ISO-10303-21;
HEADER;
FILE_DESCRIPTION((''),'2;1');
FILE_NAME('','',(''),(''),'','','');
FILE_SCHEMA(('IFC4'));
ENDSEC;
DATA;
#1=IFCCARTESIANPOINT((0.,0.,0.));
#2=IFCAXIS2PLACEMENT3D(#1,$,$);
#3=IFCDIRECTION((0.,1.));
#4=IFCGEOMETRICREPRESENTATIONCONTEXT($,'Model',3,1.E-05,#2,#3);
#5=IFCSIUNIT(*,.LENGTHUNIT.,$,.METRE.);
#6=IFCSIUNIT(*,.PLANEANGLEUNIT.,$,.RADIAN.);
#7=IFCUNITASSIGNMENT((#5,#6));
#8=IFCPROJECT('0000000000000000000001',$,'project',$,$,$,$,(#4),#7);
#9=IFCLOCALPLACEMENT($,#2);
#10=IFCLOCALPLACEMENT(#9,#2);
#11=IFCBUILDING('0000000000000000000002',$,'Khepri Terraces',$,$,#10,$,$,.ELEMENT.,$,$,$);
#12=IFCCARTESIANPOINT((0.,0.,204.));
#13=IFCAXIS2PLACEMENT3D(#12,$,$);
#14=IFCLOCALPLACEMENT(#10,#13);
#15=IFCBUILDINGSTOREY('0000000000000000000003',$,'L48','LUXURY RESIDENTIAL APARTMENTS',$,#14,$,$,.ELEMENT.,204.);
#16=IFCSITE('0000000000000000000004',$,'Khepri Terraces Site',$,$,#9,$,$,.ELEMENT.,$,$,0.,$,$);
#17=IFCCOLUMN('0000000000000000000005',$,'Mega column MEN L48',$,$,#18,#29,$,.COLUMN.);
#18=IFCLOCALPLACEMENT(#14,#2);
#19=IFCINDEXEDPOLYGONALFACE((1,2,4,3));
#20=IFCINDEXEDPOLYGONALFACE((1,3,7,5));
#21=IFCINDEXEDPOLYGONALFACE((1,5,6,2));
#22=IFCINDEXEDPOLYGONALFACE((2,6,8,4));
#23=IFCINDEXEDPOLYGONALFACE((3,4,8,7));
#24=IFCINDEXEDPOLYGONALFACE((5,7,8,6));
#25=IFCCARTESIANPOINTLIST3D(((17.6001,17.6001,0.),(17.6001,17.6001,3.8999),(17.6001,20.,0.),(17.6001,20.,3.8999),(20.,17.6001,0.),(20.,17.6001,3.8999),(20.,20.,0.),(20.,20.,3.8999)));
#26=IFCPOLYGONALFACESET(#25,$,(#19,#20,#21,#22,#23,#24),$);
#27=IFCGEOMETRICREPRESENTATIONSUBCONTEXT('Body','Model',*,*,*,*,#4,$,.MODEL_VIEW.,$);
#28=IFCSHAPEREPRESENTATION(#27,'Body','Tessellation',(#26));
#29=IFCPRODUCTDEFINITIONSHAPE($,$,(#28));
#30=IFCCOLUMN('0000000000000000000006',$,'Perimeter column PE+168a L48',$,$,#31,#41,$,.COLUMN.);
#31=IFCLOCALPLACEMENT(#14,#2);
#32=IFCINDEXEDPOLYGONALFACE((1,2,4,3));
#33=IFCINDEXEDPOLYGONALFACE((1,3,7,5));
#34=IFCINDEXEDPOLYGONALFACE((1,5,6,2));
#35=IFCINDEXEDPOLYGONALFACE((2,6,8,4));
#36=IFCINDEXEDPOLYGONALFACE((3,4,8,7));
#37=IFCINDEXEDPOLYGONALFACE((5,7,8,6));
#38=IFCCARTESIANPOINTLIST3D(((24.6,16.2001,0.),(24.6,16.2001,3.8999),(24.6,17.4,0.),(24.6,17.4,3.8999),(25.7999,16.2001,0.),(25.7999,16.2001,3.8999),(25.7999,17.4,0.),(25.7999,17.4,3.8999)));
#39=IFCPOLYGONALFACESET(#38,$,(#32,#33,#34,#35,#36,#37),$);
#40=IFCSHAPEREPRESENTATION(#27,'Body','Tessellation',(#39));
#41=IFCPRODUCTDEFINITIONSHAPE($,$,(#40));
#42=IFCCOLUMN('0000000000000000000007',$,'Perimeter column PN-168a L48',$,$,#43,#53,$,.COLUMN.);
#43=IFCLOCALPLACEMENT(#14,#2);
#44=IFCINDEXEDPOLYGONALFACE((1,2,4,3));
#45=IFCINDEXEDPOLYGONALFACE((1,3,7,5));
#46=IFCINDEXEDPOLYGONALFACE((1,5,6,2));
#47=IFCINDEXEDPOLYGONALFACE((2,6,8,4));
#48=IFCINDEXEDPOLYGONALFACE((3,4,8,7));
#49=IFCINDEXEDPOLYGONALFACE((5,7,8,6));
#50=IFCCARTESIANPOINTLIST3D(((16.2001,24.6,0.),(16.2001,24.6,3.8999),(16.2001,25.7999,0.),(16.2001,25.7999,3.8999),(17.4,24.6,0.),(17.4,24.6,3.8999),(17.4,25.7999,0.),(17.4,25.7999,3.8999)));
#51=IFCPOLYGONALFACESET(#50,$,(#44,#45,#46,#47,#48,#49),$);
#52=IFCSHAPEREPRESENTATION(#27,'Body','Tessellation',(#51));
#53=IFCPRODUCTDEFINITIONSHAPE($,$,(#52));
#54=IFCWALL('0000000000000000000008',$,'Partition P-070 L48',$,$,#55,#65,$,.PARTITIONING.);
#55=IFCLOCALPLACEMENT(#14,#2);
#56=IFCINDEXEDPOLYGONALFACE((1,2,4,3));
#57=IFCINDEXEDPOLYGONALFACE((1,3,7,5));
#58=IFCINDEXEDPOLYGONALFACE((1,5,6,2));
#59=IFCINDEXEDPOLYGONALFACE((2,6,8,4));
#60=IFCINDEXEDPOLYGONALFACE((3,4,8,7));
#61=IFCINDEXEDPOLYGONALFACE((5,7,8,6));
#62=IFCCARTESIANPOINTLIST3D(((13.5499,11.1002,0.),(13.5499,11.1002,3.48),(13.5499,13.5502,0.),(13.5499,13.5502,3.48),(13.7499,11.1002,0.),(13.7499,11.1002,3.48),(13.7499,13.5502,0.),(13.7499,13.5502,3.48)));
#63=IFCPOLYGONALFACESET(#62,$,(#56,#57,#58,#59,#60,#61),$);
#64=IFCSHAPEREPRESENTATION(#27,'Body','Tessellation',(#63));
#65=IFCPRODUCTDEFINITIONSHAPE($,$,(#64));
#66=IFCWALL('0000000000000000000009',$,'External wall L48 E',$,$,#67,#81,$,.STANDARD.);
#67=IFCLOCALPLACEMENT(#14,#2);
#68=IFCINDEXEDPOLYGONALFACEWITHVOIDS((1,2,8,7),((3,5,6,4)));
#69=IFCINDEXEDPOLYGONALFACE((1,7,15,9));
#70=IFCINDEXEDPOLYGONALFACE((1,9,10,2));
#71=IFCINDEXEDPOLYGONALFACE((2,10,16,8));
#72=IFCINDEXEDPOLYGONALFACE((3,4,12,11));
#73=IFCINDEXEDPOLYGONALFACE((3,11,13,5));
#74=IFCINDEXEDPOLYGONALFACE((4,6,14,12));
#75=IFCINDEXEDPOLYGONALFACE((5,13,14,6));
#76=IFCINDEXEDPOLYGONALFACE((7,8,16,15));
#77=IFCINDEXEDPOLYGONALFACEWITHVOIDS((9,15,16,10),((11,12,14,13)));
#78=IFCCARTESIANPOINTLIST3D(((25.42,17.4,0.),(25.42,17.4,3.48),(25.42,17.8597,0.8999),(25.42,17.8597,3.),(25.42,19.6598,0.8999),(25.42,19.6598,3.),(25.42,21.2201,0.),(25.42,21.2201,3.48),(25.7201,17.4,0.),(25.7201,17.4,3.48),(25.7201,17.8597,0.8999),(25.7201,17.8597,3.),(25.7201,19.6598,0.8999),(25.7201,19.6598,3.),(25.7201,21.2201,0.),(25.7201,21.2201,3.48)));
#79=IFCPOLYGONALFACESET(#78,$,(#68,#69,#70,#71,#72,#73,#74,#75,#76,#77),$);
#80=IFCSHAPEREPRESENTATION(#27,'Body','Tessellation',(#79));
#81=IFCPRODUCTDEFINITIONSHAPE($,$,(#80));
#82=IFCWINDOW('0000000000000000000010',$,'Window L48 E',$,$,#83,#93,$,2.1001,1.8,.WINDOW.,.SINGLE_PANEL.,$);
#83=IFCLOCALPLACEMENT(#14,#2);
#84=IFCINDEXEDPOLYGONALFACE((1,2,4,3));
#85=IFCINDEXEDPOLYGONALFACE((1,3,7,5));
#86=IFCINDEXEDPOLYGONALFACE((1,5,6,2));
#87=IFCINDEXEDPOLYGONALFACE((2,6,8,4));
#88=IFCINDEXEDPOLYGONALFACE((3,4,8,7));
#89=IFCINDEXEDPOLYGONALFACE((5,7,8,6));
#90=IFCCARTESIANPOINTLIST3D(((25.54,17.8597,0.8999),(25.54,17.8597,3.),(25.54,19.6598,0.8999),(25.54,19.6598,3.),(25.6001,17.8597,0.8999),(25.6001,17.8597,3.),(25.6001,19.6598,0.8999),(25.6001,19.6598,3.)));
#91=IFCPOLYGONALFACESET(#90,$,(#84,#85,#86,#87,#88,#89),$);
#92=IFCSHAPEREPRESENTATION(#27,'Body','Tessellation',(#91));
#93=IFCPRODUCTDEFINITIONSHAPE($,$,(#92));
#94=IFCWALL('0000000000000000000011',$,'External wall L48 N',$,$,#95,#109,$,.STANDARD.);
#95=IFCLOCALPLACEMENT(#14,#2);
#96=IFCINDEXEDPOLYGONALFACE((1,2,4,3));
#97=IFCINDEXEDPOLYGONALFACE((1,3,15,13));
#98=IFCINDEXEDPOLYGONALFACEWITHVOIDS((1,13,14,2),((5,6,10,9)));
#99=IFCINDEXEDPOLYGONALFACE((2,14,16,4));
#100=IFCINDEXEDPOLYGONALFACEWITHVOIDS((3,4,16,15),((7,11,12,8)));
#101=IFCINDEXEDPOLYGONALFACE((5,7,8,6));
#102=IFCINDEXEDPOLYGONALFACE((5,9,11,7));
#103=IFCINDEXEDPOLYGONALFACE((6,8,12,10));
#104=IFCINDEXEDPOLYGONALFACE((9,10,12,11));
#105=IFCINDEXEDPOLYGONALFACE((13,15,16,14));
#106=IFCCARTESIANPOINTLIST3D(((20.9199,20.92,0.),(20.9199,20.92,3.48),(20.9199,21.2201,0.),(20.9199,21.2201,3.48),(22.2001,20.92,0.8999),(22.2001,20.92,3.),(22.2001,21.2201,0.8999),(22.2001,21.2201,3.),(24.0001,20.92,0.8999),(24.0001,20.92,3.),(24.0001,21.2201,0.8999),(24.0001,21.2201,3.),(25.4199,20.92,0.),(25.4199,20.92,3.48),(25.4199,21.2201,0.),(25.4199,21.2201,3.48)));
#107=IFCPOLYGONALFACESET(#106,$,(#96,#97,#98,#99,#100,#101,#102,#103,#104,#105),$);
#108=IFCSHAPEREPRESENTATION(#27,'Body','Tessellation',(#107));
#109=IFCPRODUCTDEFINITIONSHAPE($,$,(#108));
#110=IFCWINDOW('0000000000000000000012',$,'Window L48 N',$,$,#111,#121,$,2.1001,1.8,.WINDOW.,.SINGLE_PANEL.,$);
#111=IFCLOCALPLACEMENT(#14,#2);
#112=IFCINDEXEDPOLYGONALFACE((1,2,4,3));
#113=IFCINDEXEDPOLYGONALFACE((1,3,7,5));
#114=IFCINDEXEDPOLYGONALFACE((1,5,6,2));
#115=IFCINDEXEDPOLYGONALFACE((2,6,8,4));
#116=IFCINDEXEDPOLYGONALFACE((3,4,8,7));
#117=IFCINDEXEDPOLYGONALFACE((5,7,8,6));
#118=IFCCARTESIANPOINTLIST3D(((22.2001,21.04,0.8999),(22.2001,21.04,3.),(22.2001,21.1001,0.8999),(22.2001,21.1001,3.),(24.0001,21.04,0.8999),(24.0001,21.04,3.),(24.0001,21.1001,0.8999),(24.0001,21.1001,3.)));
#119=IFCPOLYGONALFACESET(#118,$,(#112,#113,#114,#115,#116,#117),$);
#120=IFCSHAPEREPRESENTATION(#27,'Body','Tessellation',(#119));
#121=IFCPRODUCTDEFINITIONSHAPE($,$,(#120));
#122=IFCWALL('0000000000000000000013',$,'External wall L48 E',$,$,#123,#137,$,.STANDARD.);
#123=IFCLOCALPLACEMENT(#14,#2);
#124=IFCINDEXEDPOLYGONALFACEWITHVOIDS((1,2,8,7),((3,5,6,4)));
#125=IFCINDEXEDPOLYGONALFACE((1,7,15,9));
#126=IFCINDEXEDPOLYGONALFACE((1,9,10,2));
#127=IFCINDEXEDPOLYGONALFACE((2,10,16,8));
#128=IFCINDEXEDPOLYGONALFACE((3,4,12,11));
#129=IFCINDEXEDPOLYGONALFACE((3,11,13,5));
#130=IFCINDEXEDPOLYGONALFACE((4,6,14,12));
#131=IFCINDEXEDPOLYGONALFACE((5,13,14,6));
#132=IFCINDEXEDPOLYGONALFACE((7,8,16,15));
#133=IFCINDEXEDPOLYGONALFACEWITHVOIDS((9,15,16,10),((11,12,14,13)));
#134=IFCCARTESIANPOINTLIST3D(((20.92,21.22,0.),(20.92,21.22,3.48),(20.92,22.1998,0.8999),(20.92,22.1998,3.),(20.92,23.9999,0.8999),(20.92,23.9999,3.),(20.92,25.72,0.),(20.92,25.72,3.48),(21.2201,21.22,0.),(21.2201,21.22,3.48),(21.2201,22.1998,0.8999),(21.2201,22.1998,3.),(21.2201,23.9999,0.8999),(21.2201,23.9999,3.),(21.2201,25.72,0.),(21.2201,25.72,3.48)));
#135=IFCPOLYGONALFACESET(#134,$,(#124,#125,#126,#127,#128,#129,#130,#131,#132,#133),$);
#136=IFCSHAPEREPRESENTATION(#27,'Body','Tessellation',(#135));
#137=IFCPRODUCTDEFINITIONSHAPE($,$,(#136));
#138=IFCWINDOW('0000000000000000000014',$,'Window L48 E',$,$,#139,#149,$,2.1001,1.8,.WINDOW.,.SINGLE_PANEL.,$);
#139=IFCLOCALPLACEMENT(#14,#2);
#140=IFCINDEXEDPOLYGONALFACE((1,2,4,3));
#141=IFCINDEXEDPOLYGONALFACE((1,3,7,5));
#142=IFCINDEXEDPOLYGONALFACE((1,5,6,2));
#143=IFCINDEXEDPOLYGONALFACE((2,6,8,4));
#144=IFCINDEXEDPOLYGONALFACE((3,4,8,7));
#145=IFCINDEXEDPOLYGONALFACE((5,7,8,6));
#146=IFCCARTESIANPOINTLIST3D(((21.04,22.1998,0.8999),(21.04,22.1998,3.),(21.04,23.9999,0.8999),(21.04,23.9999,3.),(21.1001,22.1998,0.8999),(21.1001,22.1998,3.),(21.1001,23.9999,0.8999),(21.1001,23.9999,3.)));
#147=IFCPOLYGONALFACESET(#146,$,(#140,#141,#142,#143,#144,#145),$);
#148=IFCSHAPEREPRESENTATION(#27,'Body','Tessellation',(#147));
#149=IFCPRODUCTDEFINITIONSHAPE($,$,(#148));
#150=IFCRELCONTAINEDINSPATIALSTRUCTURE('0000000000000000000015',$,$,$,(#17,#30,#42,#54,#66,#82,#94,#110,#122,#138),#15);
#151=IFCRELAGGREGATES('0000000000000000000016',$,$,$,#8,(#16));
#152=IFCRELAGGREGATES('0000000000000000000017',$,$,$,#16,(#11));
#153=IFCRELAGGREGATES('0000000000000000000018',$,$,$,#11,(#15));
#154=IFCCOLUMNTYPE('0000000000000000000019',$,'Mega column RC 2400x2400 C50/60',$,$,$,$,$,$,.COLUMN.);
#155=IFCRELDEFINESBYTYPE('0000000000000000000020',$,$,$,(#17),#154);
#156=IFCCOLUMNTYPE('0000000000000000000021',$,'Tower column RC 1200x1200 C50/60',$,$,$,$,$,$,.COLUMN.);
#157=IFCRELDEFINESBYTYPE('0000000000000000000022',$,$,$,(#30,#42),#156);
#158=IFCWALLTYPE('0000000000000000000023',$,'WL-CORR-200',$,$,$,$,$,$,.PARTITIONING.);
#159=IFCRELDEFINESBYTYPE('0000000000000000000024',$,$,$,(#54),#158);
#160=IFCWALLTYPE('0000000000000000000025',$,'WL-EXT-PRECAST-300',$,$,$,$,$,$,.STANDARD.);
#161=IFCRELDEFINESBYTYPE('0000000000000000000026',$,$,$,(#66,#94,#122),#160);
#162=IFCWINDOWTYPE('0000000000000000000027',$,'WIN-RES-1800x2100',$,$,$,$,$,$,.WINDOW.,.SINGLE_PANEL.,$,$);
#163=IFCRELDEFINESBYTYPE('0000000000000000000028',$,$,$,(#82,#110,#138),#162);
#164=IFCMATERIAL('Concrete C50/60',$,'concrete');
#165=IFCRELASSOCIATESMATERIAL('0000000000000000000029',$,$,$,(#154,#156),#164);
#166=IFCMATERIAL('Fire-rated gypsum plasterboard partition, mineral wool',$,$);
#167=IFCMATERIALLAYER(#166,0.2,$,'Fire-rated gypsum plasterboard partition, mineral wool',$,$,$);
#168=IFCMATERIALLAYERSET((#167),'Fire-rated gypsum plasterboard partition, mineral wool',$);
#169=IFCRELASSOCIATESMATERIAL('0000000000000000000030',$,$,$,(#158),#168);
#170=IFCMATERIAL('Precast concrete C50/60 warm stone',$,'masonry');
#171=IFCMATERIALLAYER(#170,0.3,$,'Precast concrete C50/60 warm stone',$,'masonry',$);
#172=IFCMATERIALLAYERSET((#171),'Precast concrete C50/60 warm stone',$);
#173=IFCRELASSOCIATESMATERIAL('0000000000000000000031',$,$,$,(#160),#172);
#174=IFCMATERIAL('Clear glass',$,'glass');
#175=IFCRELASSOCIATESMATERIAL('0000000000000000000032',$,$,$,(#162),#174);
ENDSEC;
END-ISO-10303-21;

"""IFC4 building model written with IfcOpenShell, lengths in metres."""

from ifc_helpers import new_model, si_unit, direction, frame, frame_2d, origin, origin_2d, place, context, subcontext, project, spatial, rectangle, extrude, material, layer, layer_set, material_profile, profile_set, type_object, element, fill, save


model = new_model("IFC4")

# Units and contexts
model_context = context("Model", 3, precision=1e-05, world=origin(), true_north=direction((0.0, 1.0)))
body_context = subcontext(model_context, "Body", "Model", "MODEL_VIEW")
ifc_project = project(units=[si_unit("LENGTHUNIT", "METRE"), si_unit("PLANEANGLEUNIT", "RADIAN")], contexts=[model_context])

# Site, building, storey
site_placement = place(None, origin())
site = spatial("IfcSite", under=ifc_project, at=site_placement, Name="Khepri Terraces Site", CompositionType="ELEMENT", RefElevation=0.0)
building_placement = place(site_placement, origin())
building = spatial("IfcBuilding", under=site, at=building_placement, Name="Khepri Terraces", CompositionType="ELEMENT")
storey_placement = place(building_placement, frame((0.0, 0.0, 204.0)))
storey = spatial("IfcBuildingStorey", under=building, at=storey_placement, Name="L48", Description="LUXURY RESIDENTIAL APARTMENTS", CompositionType="ELEMENT", Elevation=204.0)

# Columns
ifc_material_1 = material(Name="Concrete C50/60", Category="concrete")
ifc_material_profile_1 = material_profile(ifc_material_1, rectangle(XDim=2.3999, YDim=2.3999, at=origin_2d()), Name="Concrete C50/60", Category="concrete")
ifc_profile_set_1 = profile_set([ifc_material_profile_1], Name="Concrete C50/60")
column_type_1 = type_object("IfcColumnType", Name="Mega column RC 2400x2400 C50/60", PredefinedType="COLUMN", material=ifc_profile_set_1)
column_placement = place(storey_placement, frame((18.8, 18.8, 0.0), z_axis=(0.0, 0.0, 1.0), x_axis=(1.0, 0.0, 0.0)))
element("IfcColumn", 1, at=column_placement, inside=storey, type_object=column_type_1, Name="Mega column MEN L48", PredefinedType="COLUMN", context=body_context, shape_type="SweptSolid", body=[
    extrude(rectangle(XDim=2.3999, YDim=2.3999, at=origin_2d()), origin(), (0.0, 0.0, 1.0), 3.8999),
])
ifc_material_profile_2 = material_profile(ifc_material_1, rectangle(XDim=1.2, YDim=1.2, at=origin_2d()), Name="Concrete C50/60", Category="concrete")
ifc_profile_set_2 = profile_set([ifc_material_profile_2], Name="Concrete C50/60")
column_type_2 = type_object("IfcColumnType", Name="Tower column RC 1200x1200 C50/60", PredefinedType="COLUMN", material=ifc_profile_set_2)
for number, where, z_axis, x_axis, name in (
    (2, (25.2, 16.8, 0.0), (0.0, 0.0, 1.0), (1.0, 0.0, 0.0), "Perimeter column PE+168a L48"),
    (3, (16.8, 25.2, 0.0), (0.0, 0.0, 1.0), (1.0, 0.0, 0.0), "Perimeter column PN-168a L48"),
):
    element("IfcColumn", number, at=place(storey_placement, frame(where, z_axis=z_axis, x_axis=x_axis)), inside=storey, type_object=column_type_2, Name=name, PredefinedType="COLUMN", context=body_context, shape_type="SweptSolid", body=[
        extrude(rectangle(XDim=1.2, YDim=1.2, at=origin_2d()), origin(), (0.0, 0.0, 1.0), 3.8999),
    ])

# Wall
ifc_material_2 = material(Name="Fire-rated gypsum plasterboard partition, mineral wool")
ifc_layer_1 = layer(ifc_material_2, 0.2, Name="Fire-rated gypsum plasterboard partition, mineral wool")
ifc_layer_set_1 = layer_set([ifc_layer_1], Name="Fire-rated gypsum plasterboard partition, mineral wool")
wall_type_1 = type_object("IfcWallType", Name="WL-CORR-200", PredefinedType="PARTITIONING", material=ifc_layer_set_1)
wall_1_placement = place(storey_placement, frame((13.6499, 11.1001, 0.0), z_axis=(0.0, 0.0, 1.0), x_axis=(0.0, 1.0, 0.0)))
element("IfcWall", 4, at=wall_1_placement, inside=storey, type_object=wall_type_1, Name="Partition P-070 L48", PredefinedType="PARTITIONING", context=body_context, shape_type="SweptSolid", body=[
    extrude(rectangle(XDim=2.45, YDim=0.2, at=frame_2d((1.2251, 0.0))), origin(), (0.0, 0.0, 1.0), 3.48),
])

# Walls, openings, windows
ifc_material_3 = material(Name="Precast concrete C50/60 warm stone", Category="masonry")
ifc_layer_2 = layer(ifc_material_3, 0.3, Name="Precast concrete C50/60 warm stone", Category="masonry")
ifc_layer_set_2 = layer_set([ifc_layer_2], Name="Precast concrete C50/60 warm stone")
wall_type_2 = type_object("IfcWallType", Name="WL-EXT-PRECAST-300", PredefinedType="STANDARD", material=ifc_layer_set_2)
wall_2_placement = place(storey_placement, frame((25.5701, 17.3999, 0.0), z_axis=(0.0, 0.0, 1.0), x_axis=(0.0, 1.0, 0.0)))
wall_2 = element("IfcWall", 5, at=wall_2_placement, inside=storey, type_object=wall_type_2, Name="External wall L48 E", PredefinedType="STANDARD", context=body_context, shape_type="SweptSolid", body=[
    extrude(rectangle(XDim=3.8201, YDim=0.3, at=frame_2d((1.9102, 0.0))), origin(), (0.0, 0.0, 1.0), 3.48),
])
opening_1_placement = place(wall_2_placement, frame((0.46, 0.0, 0.8999)))
opening_1 = element("IfcOpeningElement", 6, at=opening_1_placement, cuts=wall_2, PredefinedType="OPENING", context=body_context, shape_type="SweptSolid", body=[
    extrude(rectangle(XDim=1.8, YDim=2.1001, at=frame_2d((0.8999, 1.05))), frame((0.0, 0.1602, 0.0), z_axis=(0.0, -1.0, 0.0), x_axis=(1.0, 0.0, 0.0)), (0.0, 0.0, 1.0), 0.3201),
])
ifc_material_4 = material(Name="Clear glass", Category="glass")
window_type = type_object("IfcWindowType", Name="WIN-RES-1800x2100", PartitioningType="SINGLE_PANEL", PredefinedType="WINDOW", material=ifc_material_4)
window_1_placement = place(opening_1_placement, origin())
window_1 = element("IfcWindow", 7, at=window_1_placement, inside=storey, type_object=window_type, Name="Window L48 E", OverallHeight=2.1001, OverallWidth=1.8, PartitioningType="SINGLE_PANEL", PredefinedType="WINDOW", context=body_context, shape_type="SweptSolid", body=[
    extrude(rectangle(XDim=1.8, YDim=2.1001, at=frame_2d((0.8999, 1.05))), frame((0.0, 0.03, 0.0), z_axis=(0.0, -1.0, 0.0), x_axis=(1.0, 0.0, 0.0)), (0.0, 0.0, 1.0), 0.0601),
])
fill(opening_1, window_1)
wall_3_placement = place(storey_placement, frame((25.4199, 21.0701, 0.0), z_axis=(0.0, 0.0, 1.0), x_axis=(-1.0, 0.0, 0.0)))
wall_3 = element("IfcWall", 8, at=wall_3_placement, inside=storey, type_object=wall_type_2, Name="External wall L48 N", PredefinedType="STANDARD", context=body_context, shape_type="SweptSolid", body=[
    extrude(rectangle(XDim=4.5, YDim=0.3, at=frame_2d((2.25, 0.0))), origin(), (0.0, 0.0, 1.0), 3.48),
])
opening_2_placement = place(wall_3_placement, frame((1.4199, 0.0, 0.8999)))
opening_2 = element("IfcOpeningElement", 9, at=opening_2_placement, cuts=wall_3, PredefinedType="OPENING", context=body_context, shape_type="SweptSolid", body=[
    extrude(rectangle(XDim=1.8, YDim=2.1001, at=frame_2d((0.8999, 1.05))), frame((0.0, 0.1602, 0.0), z_axis=(0.0, -1.0, 0.0), x_axis=(1.0, 0.0, 0.0)), (0.0, 0.0, 1.0), 0.3201),
])
window_2_placement = place(opening_2_placement, origin())
window_2 = element("IfcWindow", 10, at=window_2_placement, inside=storey, type_object=window_type, Name="Window L48 N", OverallHeight=2.1001, OverallWidth=1.8, PartitioningType="SINGLE_PANEL", PredefinedType="WINDOW", context=body_context, shape_type="SweptSolid", body=[
    extrude(rectangle(XDim=1.8, YDim=2.1001, at=frame_2d((0.8999, 1.05))), frame((0.0, 0.03, 0.0), z_axis=(0.0, -1.0, 0.0), x_axis=(1.0, 0.0, 0.0)), (0.0, 0.0, 1.0), 0.0601),
])
fill(opening_2, window_2)
wall_4_placement = place(storey_placement, frame((21.0701, 21.22, 0.0), z_axis=(0.0, 0.0, 1.0), x_axis=(0.0, 1.0, 0.0)))
wall_4 = element("IfcWall", 11, at=wall_4_placement, inside=storey, type_object=wall_type_2, Name="External wall L48 E", PredefinedType="STANDARD", context=body_context, shape_type="SweptSolid", body=[
    extrude(rectangle(XDim=4.5, YDim=0.3, at=frame_2d((2.25, 0.0))), origin(), (0.0, 0.0, 1.0), 3.48),
])
opening_3_placement = place(wall_4_placement, frame((0.98, 0.0, 0.8999)))
opening_3 = element("IfcOpeningElement", 12, at=opening_3_placement, cuts=wall_4, PredefinedType="OPENING", context=body_context, shape_type="SweptSolid", body=[
    extrude(rectangle(XDim=1.8, YDim=2.1001, at=frame_2d((0.8999, 1.05))), frame((0.0, 0.1602, 0.0), z_axis=(0.0, -1.0, 0.0), x_axis=(1.0, 0.0, 0.0)), (0.0, 0.0, 1.0), 0.3201),
])
window_3_placement = place(opening_3_placement, origin())
window_3 = element("IfcWindow", 13, at=window_3_placement, inside=storey, type_object=window_type, Name="Window L48 E", OverallHeight=2.1001, OverallWidth=1.8, PartitioningType="SINGLE_PANEL", PredefinedType="WINDOW", context=body_context, shape_type="SweptSolid", body=[
    extrude(rectangle(XDim=1.8, YDim=2.1001, at=frame_2d((0.8999, 1.05))), frame((0.0, 0.03, 0.0), z_axis=(0.0, -1.0, 0.0), x_axis=(1.0, 0.0, 0.0)), (0.0, 0.0, 1.0), 0.0601),
])
fill(opening_3, window_3)

save(model, "model.ifc")
